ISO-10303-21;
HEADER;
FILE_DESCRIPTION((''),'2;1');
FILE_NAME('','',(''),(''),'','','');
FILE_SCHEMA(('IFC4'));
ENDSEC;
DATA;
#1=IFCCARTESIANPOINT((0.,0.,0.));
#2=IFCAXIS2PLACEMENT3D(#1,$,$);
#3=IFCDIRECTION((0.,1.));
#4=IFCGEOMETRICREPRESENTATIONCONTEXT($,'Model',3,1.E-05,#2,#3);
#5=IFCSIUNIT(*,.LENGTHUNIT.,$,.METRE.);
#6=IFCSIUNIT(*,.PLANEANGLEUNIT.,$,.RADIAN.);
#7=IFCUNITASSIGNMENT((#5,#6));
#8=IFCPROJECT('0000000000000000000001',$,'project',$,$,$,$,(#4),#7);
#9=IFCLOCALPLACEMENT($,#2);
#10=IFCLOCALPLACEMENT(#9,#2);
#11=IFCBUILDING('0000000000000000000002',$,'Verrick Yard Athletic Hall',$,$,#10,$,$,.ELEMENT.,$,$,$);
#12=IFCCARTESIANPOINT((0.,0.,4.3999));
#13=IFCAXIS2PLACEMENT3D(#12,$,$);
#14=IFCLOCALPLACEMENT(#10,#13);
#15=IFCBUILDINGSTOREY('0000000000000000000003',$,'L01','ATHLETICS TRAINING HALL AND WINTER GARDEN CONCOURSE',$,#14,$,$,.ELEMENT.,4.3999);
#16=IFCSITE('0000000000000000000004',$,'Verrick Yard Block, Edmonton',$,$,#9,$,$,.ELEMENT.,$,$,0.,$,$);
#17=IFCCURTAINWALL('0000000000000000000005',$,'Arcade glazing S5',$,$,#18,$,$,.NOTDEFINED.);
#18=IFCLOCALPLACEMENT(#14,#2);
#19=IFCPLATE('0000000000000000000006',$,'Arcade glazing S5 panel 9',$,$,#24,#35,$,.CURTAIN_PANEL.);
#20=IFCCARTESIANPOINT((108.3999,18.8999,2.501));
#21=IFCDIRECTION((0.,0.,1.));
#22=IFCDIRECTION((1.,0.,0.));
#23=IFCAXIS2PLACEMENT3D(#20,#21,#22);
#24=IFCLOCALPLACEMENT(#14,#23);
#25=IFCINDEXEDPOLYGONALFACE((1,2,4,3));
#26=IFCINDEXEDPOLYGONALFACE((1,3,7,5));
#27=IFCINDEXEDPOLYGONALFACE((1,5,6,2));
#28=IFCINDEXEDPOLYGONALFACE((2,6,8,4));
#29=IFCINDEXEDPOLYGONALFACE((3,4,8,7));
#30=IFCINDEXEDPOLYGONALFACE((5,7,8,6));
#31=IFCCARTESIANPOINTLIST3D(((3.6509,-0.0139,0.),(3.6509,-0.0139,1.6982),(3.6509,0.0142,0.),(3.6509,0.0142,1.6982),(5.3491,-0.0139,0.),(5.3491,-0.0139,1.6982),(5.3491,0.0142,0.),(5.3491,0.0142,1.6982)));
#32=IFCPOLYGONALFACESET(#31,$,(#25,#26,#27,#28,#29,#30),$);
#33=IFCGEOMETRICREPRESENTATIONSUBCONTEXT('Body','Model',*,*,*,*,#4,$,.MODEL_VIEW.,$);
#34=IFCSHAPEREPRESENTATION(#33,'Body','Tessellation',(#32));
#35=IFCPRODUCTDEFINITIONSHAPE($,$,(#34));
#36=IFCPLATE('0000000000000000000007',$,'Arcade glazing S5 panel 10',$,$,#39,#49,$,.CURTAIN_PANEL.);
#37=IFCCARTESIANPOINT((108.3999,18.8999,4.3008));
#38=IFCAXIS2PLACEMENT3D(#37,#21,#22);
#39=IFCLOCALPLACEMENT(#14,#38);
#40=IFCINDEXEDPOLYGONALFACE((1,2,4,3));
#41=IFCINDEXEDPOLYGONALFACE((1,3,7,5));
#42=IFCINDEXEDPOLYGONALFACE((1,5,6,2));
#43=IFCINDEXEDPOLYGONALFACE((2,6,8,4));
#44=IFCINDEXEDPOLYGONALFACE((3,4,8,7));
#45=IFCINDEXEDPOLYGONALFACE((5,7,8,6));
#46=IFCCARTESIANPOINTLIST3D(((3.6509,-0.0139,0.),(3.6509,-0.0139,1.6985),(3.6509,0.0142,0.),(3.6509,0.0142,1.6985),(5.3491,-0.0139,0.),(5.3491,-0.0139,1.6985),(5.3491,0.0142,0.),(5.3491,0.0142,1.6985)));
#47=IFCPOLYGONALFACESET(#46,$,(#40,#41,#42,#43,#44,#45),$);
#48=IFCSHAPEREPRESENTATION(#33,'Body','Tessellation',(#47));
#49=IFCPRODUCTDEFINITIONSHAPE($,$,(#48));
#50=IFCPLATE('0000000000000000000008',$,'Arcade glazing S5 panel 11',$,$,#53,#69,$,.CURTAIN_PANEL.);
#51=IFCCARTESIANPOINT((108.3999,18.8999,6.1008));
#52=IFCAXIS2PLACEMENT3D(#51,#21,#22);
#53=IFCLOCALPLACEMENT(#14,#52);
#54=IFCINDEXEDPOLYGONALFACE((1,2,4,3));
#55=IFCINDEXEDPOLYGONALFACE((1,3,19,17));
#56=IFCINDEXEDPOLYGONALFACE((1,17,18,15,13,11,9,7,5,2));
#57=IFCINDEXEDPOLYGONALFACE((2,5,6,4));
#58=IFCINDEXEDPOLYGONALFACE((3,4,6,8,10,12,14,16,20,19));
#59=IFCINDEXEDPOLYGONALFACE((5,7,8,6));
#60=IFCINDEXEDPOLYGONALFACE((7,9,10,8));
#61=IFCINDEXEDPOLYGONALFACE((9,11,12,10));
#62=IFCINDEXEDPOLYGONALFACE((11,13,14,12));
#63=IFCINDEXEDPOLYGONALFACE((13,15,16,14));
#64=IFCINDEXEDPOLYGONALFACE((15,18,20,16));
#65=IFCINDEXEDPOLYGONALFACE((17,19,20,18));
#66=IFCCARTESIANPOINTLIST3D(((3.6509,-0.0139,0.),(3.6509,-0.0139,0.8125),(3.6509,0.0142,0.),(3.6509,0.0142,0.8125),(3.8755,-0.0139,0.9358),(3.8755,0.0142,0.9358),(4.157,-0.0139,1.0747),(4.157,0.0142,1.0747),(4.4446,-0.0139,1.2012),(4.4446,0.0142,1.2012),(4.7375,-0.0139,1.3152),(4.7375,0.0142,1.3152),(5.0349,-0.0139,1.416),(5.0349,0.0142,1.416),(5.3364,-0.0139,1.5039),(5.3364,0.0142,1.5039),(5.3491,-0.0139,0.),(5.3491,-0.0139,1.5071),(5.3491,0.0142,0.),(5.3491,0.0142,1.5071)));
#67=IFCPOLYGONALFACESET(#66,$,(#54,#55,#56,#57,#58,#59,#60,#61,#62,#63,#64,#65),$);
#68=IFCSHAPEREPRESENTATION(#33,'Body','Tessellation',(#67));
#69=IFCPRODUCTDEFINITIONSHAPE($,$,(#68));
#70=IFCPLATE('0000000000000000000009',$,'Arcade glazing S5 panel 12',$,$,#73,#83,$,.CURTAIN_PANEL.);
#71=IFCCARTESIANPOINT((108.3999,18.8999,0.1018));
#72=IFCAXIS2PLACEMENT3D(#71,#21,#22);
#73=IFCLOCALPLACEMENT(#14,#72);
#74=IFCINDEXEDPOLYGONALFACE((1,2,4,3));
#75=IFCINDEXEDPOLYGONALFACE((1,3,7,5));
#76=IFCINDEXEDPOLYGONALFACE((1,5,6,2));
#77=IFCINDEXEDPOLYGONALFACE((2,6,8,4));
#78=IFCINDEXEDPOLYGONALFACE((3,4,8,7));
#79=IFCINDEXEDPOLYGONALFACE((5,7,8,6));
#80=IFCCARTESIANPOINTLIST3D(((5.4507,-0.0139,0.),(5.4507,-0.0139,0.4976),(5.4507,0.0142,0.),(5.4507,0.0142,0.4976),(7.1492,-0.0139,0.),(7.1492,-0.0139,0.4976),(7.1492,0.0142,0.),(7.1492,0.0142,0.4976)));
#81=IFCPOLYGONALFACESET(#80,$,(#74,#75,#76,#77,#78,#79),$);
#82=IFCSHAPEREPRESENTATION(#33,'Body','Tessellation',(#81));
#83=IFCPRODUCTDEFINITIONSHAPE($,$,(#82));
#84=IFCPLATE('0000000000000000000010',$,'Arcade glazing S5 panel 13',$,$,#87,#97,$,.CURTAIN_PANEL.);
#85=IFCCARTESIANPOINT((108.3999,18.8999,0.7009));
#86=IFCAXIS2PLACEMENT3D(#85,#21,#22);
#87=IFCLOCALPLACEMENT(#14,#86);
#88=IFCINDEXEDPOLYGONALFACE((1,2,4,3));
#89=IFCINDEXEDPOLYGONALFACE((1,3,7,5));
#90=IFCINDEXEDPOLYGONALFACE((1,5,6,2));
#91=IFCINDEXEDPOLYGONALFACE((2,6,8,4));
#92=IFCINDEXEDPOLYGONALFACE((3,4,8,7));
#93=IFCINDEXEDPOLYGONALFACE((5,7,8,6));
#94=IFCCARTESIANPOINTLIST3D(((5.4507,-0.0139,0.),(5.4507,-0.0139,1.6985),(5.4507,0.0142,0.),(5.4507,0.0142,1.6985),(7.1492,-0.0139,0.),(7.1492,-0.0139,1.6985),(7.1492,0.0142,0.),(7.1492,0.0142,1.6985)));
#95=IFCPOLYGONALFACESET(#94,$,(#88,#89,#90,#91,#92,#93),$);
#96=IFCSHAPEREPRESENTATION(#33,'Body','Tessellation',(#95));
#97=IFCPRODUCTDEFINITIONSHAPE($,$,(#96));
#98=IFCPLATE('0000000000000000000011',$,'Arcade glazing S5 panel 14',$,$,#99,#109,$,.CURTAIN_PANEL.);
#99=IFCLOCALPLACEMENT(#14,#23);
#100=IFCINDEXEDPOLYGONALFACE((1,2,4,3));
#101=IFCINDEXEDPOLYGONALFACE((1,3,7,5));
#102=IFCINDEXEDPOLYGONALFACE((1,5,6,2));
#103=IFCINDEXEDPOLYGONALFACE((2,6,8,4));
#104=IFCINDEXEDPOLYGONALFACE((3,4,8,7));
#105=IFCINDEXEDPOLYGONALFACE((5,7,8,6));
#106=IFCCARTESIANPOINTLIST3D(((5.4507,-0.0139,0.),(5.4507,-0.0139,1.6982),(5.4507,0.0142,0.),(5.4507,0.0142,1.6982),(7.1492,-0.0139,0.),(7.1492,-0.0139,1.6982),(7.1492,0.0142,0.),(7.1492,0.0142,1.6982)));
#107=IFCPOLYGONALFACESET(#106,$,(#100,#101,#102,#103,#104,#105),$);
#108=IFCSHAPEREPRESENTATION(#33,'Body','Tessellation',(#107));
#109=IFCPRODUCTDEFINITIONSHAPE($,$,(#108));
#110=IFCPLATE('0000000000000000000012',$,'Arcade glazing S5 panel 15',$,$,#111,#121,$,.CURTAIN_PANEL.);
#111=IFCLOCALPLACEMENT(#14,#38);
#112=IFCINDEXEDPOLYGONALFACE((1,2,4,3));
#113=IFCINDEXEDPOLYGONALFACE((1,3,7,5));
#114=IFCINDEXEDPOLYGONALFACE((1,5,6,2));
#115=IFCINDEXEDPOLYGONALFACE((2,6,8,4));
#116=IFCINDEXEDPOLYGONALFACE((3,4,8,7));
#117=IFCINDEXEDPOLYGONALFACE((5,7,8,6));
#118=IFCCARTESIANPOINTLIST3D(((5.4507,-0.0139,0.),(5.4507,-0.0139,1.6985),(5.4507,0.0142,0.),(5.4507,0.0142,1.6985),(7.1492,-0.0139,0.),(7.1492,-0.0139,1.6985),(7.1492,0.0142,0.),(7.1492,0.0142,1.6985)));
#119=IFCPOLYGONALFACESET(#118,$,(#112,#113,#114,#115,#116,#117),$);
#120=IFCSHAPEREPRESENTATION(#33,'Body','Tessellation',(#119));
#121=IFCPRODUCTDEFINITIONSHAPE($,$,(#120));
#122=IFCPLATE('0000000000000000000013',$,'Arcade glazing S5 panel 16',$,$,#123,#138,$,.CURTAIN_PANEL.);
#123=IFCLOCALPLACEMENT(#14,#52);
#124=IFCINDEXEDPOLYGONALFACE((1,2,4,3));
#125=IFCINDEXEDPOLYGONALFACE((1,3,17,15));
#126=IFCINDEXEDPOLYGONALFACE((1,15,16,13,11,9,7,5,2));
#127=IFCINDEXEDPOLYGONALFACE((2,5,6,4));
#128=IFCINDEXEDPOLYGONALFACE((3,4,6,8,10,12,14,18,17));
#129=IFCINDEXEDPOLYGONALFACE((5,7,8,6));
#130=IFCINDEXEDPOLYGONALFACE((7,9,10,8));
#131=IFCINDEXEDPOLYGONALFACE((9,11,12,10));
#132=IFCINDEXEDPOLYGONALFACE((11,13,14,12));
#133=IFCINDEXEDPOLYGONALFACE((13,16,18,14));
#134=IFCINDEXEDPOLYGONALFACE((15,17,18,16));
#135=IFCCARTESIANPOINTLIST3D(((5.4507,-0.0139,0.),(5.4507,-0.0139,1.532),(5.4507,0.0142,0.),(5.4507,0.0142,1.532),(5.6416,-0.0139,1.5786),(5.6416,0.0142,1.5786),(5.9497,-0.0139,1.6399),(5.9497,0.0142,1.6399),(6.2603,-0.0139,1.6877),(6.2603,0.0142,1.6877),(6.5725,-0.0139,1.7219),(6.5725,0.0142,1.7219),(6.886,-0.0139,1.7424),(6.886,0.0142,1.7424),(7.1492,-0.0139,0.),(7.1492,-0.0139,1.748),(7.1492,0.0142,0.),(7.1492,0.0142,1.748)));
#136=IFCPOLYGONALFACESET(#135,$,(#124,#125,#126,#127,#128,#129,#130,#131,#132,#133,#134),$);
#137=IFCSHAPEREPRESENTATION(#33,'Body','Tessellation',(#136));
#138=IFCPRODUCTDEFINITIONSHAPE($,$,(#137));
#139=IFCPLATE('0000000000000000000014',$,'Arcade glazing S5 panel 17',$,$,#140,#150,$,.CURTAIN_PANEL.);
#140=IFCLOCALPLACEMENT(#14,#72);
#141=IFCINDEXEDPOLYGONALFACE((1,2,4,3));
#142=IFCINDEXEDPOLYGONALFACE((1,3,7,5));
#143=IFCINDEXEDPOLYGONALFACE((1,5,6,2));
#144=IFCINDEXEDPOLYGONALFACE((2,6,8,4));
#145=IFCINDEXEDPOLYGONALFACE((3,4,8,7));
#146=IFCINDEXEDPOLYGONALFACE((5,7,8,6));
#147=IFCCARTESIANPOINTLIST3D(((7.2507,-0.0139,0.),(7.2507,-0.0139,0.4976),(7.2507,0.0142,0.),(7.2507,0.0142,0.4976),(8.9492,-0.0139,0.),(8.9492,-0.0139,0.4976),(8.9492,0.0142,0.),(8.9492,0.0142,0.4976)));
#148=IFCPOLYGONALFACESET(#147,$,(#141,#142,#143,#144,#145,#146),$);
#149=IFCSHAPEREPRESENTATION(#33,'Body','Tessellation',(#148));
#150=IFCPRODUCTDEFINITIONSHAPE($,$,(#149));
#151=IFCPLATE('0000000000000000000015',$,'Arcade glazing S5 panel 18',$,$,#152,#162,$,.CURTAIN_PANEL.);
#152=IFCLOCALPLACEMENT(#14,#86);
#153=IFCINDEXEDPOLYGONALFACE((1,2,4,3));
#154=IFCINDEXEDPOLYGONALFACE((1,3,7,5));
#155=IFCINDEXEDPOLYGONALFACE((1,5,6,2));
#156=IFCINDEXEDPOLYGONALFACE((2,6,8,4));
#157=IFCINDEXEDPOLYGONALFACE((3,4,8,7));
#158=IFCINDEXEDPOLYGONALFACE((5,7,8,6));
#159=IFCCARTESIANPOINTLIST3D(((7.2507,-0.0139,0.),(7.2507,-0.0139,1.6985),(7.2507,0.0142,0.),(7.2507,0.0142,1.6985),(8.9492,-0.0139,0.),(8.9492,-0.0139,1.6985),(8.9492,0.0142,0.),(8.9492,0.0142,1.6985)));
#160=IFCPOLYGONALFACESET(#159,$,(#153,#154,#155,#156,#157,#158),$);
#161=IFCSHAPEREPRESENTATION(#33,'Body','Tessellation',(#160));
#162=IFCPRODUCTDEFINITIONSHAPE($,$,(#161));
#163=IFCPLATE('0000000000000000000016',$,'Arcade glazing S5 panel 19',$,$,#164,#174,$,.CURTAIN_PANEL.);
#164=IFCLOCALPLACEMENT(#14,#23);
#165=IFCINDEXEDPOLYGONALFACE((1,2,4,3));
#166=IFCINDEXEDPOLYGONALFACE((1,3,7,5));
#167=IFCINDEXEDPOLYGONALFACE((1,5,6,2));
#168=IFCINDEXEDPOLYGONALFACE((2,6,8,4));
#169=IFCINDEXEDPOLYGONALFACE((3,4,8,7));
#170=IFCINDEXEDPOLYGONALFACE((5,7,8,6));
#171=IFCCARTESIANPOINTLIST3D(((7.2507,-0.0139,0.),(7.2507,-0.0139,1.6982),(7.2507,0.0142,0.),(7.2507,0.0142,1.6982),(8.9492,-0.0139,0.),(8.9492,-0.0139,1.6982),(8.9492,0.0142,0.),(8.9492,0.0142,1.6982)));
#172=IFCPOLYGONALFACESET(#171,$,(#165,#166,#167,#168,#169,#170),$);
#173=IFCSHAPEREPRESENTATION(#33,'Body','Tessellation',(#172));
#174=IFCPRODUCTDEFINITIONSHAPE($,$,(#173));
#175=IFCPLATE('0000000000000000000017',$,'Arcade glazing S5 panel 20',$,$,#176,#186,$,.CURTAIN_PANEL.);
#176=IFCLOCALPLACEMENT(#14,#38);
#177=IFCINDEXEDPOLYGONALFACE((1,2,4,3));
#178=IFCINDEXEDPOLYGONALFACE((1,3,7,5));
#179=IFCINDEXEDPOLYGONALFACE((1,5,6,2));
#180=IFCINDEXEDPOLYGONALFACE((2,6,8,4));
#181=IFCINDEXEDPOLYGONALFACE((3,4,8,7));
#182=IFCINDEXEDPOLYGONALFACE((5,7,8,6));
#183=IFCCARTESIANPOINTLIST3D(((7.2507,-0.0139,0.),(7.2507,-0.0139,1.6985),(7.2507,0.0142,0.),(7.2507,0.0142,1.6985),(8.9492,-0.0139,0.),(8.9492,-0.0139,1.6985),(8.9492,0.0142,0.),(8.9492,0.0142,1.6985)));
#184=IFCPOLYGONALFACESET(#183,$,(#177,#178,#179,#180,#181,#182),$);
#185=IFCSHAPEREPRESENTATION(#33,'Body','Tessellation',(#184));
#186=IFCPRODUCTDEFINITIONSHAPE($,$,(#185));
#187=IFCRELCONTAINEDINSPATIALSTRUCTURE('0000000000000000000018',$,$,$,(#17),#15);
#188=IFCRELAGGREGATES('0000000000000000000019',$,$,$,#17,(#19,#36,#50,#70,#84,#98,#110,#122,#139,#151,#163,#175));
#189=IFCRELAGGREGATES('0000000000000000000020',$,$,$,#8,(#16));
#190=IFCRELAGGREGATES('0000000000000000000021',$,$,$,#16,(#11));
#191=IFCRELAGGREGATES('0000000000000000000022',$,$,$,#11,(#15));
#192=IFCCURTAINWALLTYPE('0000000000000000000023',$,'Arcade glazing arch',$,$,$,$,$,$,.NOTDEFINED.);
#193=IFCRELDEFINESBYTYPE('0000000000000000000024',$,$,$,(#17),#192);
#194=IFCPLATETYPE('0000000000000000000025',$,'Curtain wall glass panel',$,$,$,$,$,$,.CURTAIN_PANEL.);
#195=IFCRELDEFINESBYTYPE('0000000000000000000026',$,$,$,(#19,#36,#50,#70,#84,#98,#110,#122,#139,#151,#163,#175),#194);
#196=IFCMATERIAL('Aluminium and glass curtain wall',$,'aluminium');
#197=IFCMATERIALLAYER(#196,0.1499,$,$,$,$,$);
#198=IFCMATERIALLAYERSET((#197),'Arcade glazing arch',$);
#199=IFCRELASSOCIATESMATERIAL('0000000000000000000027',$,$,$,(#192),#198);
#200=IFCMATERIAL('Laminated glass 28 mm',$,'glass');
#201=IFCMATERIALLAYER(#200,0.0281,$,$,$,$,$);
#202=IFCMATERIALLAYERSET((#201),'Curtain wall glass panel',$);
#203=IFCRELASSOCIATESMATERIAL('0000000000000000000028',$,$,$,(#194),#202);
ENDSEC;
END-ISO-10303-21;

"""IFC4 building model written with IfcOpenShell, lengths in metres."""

from ifc_helpers import new_model, si_unit, direction, frame, origin, place, context, subcontext, project, spatial, polyline, outline, extrude, material, layer, layer_set, type_object, element, aggregate, save


model = new_model("IFC4")

# Units and contexts
model_context = context("Model", 3, precision=1e-05, world=origin(), true_north=direction((0.0, 1.0)))
body_context = subcontext(model_context, "Body", "Model", "MODEL_VIEW")
ifc_project = project(units=[si_unit("LENGTHUNIT", "METRE"), si_unit("PLANEANGLEUNIT", "RADIAN")], contexts=[model_context])

# Site, building, storey
site_placement = place(None, origin())
site = spatial("IfcSite", under=ifc_project, at=site_placement, Name="Verrick Yard Block, Edmonton", CompositionType="ELEMENT", RefElevation=0.0)
building_placement = place(site_placement, origin())
building = spatial("IfcBuilding", under=site, at=building_placement, Name="Verrick Yard Athletic Hall", CompositionType="ELEMENT")
storey_placement = place(building_placement, frame((0.0, 0.0, 4.3999)))
storey = spatial("IfcBuildingStorey", under=building, at=storey_placement, Name="L01", Description="ATHLETICS TRAINING HALL AND WINTER GARDEN CONCOURSE", CompositionType="ELEMENT", Elevation=4.3999)

# Curtain wall, plates
ifc_material_1 = material(Name="Aluminium and glass curtain wall", Category="aluminium")
ifc_layer_1 = layer(ifc_material_1, 0.1499)
ifc_layer_set_1 = layer_set([ifc_layer_1], Name="Arcade glazing arch")
curtain_wall_type = type_object("IfcCurtainWallType", Name="Arcade glazing arch", PredefinedType="NOTDEFINED", material=ifc_layer_set_1)
curtain_wall_placement = place(storey_placement, origin())
curtain_wall = element("IfcCurtainWall", 1, at=curtain_wall_placement, inside=storey, type_object=curtain_wall_type, Name="Arcade glazing S5", PredefinedType="NOTDEFINED")
ifc_material_2 = material(Name="Laminated glass 28 mm", Category="glass")
ifc_layer_2 = layer(ifc_material_2, 0.0281)
ifc_layer_set_2 = layer_set([ifc_layer_2], Name="Curtain wall glass panel")
plate_type = type_object("IfcPlateType", Name="Curtain wall glass panel", PredefinedType="CURTAIN_PANEL", material=ifc_layer_set_2)
plate_1_placement = place(storey_placement, frame((108.3999, 18.8999, 2.501), z_axis=(0.0, 0.0, 1.0), x_axis=(1.0, 0.0, 0.0)))
plate_1 = element("IfcPlate", 2, at=plate_1_placement, type_object=plate_type, Name="Arcade glazing S5 panel 9", PredefinedType="CURTAIN_PANEL", context=body_context, shape_type="SweptSolid", body=[
    extrude(outline(polyline([(5.3491, 0.0), (5.3491, 1.6982), (3.6509, 1.6982), (3.6509, 0.0), (5.3491, 0.0)])), frame((0.0, 0.0142, 0.0), z_axis=(0.0, -1.0, 0.0), x_axis=(1.0, 0.0, 0.0)), (0.0, 0.0, 1.0), 0.0281),
])
plate_2_placement = place(storey_placement, frame((108.3999, 18.8999, 4.3008), z_axis=(0.0, 0.0, 1.0), x_axis=(1.0, 0.0, 0.0)))
plate_2 = element("IfcPlate", 3, at=plate_2_placement, type_object=plate_type, Name="Arcade glazing S5 panel 10", PredefinedType="CURTAIN_PANEL", context=body_context, shape_type="SweptSolid", body=[
    extrude(outline(polyline([(5.3491, 0.0), (5.3491, 1.6985), (3.6509, 1.6985), (3.6509, 0.0), (5.3491, 0.0)])), frame((0.0, 0.0142, 0.0), z_axis=(0.0, -1.0, 0.0), x_axis=(1.0, 0.0, 0.0)), (0.0, 0.0, 1.0), 0.0281),
])
plate_3_placement = place(storey_placement, frame((108.3999, 18.8999, 6.1008), z_axis=(0.0, 0.0, 1.0), x_axis=(1.0, 0.0, 0.0)))
plate_3 = element("IfcPlate", 4, at=plate_3_placement, type_object=plate_type, Name="Arcade glazing S5 panel 11", PredefinedType="CURTAIN_PANEL", context=body_context, shape_type="SweptSolid", body=[
    extrude(outline(polyline([(5.3491, 1.5071), (5.3364, 1.5039), (5.0349, 1.416), (4.7375, 1.3152), (4.4446, 1.2012), (4.157, 1.0747), (3.8755, 0.9358), (3.6509, 0.8125), (3.6509, 0.0), (5.3491, 0.0), (5.3491, 1.5071)])), frame((0.0, 0.0142, 0.0), z_axis=(0.0, -1.0, 0.0), x_axis=(1.0, 0.0, 0.0)), (0.0, 0.0, 1.0), 0.0281),
])
plate_4_placement = place(storey_placement, frame((108.3999, 18.8999, 0.1018), z_axis=(0.0, 0.0, 1.0), x_axis=(1.0, 0.0, 0.0)))
plate_4 = element("IfcPlate", 5, at=plate_4_placement, type_object=plate_type, Name="Arcade glazing S5 panel 12", PredefinedType="CURTAIN_PANEL", context=body_context, shape_type="SweptSolid", body=[
    extrude(outline(polyline([(7.1492, 0.0), (7.1492, 0.4976), (5.4507, 0.4976), (5.4507, 0.0), (7.1492, 0.0)])), frame((0.0, 0.0142, 0.0), z_axis=(0.0, -1.0, 0.0), x_axis=(1.0, 0.0, 0.0)), (0.0, 0.0, 1.0), 0.0281),
])
plate_5_placement = place(storey_placement, frame((108.3999, 18.8999, 0.7009), z_axis=(0.0, 0.0, 1.0), x_axis=(1.0, 0.0, 0.0)))
plate_5 = element("IfcPlate", 6, at=plate_5_placement, type_object=plate_type, Name="Arcade glazing S5 panel 13", PredefinedType="CURTAIN_PANEL", context=body_context, shape_type="SweptSolid", body=[
    extrude(outline(polyline([(7.1492, 0.0), (7.1492, 1.6985), (5.4507, 1.6985), (5.4507, 0.0), (7.1492, 0.0)])), frame((0.0, 0.0142, 0.0), z_axis=(0.0, -1.0, 0.0), x_axis=(1.0, 0.0, 0.0)), (0.0, 0.0, 1.0), 0.0281),
])
plate_6_placement = place(storey_placement, frame((108.3999, 18.8999, 2.501), z_axis=(0.0, 0.0, 1.0), x_axis=(1.0, 0.0, 0.0)))
plate_6 = element("IfcPlate", 7, at=plate_6_placement, type_object=plate_type, Name="Arcade glazing S5 panel 14", PredefinedType="CURTAIN_PANEL", context=body_context, shape_type="SweptSolid", body=[
    extrude(outline(polyline([(7.1492, 0.0), (7.1492, 1.6982), (5.4507, 1.6982), (5.4507, 0.0), (7.1492, 0.0)])), frame((0.0, 0.0142, 0.0), z_axis=(0.0, -1.0, 0.0), x_axis=(1.0, 0.0, 0.0)), (0.0, 0.0, 1.0), 0.0281),
])
plate_7_placement = place(storey_placement, frame((108.3999, 18.8999, 4.3008), z_axis=(0.0, 0.0, 1.0), x_axis=(1.0, 0.0, 0.0)))
plate_7 = element("IfcPlate", 8, at=plate_7_placement, type_object=plate_type, Name="Arcade glazing S5 panel 15", PredefinedType="CURTAIN_PANEL", context=body_context, shape_type="SweptSolid", body=[
    extrude(outline(polyline([(7.1492, 0.0), (7.1492, 1.6985), (5.4507, 1.6985), (5.4507, 0.0), (7.1492, 0.0)])), frame((0.0, 0.0142, 0.0), z_axis=(0.0, -1.0, 0.0), x_axis=(1.0, 0.0, 0.0)), (0.0, 0.0, 1.0), 0.0281),
])
plate_8_placement = place(storey_placement, frame((108.3999, 18.8999, 6.1008), z_axis=(0.0, 0.0, 1.0), x_axis=(1.0, 0.0, 0.0)))
plate_8 = element("IfcPlate", 9, at=plate_8_placement, type_object=plate_type, Name="Arcade glazing S5 panel 16", PredefinedType="CURTAIN_PANEL", context=body_context, shape_type="SweptSolid", body=[
    extrude(outline(polyline([(7.1492, 1.748), (6.886, 1.7424), (6.5725, 1.7219), (6.2603, 1.6877), (5.9497, 1.6399), (5.6416, 1.5786), (5.4507, 1.532), (5.4507, 0.0), (7.1492, 0.0), (7.1492, 1.748)])), frame((0.0, 0.0142, 0.0), z_axis=(0.0, -1.0, 0.0), x_axis=(1.0, 0.0, 0.0)), (0.0, 0.0, 1.0), 0.0281),
])
plate_9_placement = place(storey_placement, frame((108.3999, 18.8999, 0.1018), z_axis=(0.0, 0.0, 1.0), x_axis=(1.0, 0.0, 0.0)))
plate_9 = element("IfcPlate", 10, at=plate_9_placement, type_object=plate_type, Name="Arcade glazing S5 panel 17", PredefinedType="CURTAIN_PANEL", context=body_context, shape_type="SweptSolid", body=[
    extrude(outline(polyline([(8.9492, 0.0), (8.9492, 0.4976), (7.2507, 0.4976), (7.2507, 0.0), (8.9492, 0.0)])), frame((0.0, 0.0142, 0.0), z_axis=(0.0, -1.0, 0.0), x_axis=(1.0, 0.0, 0.0)), (0.0, 0.0, 1.0), 0.0281),
])
plate_10_placement = place(storey_placement, frame((108.3999, 18.8999, 0.7009), z_axis=(0.0, 0.0, 1.0), x_axis=(1.0, 0.0, 0.0)))
plate_10 = element("IfcPlate", 11, at=plate_10_placement, type_object=plate_type, Name="Arcade glazing S5 panel 18", PredefinedType="CURTAIN_PANEL", context=body_context, shape_type="SweptSolid", body=[
    extrude(outline(polyline([(8.9492, 0.0), (8.9492, 1.6985), (7.2507, 1.6985), (7.2507, 0.0), (8.9492, 0.0)])), frame((0.0, 0.0142, 0.0), z_axis=(0.0, -1.0, 0.0), x_axis=(1.0, 0.0, 0.0)), (0.0, 0.0, 1.0), 0.0281),
])
plate_11_placement = place(storey_placement, frame((108.3999, 18.8999, 2.501), z_axis=(0.0, 0.0, 1.0), x_axis=(1.0, 0.0, 0.0)))
plate_11 = element("IfcPlate", 12, at=plate_11_placement, type_object=plate_type, Name="Arcade glazing S5 panel 19", PredefinedType="CURTAIN_PANEL", context=body_context, shape_type="SweptSolid", body=[
    extrude(outline(polyline([(8.9492, 0.0), (8.9492, 1.6982), (7.2507, 1.6982), (7.2507, 0.0), (8.9492, 0.0)])), frame((0.0, 0.0142, 0.0), z_axis=(0.0, -1.0, 0.0), x_axis=(1.0, 0.0, 0.0)), (0.0, 0.0, 1.0), 0.0281),
])
plate_12_placement = place(storey_placement, frame((108.3999, 18.8999, 4.3008), z_axis=(0.0, 0.0, 1.0), x_axis=(1.0, 0.0, 0.0)))
plate_12 = element("IfcPlate", 13, at=plate_12_placement, type_object=plate_type, Name="Arcade glazing S5 panel 20", PredefinedType="CURTAIN_PANEL", context=body_context, shape_type="SweptSolid", body=[
    extrude(outline(polyline([(8.9492, 0.0), (8.9492, 1.6985), (7.2507, 1.6985), (7.2507, 0.0), (8.9492, 0.0)])), frame((0.0, 0.0142, 0.0), z_axis=(0.0, -1.0, 0.0), x_axis=(1.0, 0.0, 0.0)), (0.0, 0.0, 1.0), 0.0281),
])
aggregate(curtain_wall, [plate_1, plate_2, plate_3, plate_4, plate_5, plate_6, plate_7, plate_8, plate_9, plate_10, plate_11, plate_12])

save(model, "model.ifc")
